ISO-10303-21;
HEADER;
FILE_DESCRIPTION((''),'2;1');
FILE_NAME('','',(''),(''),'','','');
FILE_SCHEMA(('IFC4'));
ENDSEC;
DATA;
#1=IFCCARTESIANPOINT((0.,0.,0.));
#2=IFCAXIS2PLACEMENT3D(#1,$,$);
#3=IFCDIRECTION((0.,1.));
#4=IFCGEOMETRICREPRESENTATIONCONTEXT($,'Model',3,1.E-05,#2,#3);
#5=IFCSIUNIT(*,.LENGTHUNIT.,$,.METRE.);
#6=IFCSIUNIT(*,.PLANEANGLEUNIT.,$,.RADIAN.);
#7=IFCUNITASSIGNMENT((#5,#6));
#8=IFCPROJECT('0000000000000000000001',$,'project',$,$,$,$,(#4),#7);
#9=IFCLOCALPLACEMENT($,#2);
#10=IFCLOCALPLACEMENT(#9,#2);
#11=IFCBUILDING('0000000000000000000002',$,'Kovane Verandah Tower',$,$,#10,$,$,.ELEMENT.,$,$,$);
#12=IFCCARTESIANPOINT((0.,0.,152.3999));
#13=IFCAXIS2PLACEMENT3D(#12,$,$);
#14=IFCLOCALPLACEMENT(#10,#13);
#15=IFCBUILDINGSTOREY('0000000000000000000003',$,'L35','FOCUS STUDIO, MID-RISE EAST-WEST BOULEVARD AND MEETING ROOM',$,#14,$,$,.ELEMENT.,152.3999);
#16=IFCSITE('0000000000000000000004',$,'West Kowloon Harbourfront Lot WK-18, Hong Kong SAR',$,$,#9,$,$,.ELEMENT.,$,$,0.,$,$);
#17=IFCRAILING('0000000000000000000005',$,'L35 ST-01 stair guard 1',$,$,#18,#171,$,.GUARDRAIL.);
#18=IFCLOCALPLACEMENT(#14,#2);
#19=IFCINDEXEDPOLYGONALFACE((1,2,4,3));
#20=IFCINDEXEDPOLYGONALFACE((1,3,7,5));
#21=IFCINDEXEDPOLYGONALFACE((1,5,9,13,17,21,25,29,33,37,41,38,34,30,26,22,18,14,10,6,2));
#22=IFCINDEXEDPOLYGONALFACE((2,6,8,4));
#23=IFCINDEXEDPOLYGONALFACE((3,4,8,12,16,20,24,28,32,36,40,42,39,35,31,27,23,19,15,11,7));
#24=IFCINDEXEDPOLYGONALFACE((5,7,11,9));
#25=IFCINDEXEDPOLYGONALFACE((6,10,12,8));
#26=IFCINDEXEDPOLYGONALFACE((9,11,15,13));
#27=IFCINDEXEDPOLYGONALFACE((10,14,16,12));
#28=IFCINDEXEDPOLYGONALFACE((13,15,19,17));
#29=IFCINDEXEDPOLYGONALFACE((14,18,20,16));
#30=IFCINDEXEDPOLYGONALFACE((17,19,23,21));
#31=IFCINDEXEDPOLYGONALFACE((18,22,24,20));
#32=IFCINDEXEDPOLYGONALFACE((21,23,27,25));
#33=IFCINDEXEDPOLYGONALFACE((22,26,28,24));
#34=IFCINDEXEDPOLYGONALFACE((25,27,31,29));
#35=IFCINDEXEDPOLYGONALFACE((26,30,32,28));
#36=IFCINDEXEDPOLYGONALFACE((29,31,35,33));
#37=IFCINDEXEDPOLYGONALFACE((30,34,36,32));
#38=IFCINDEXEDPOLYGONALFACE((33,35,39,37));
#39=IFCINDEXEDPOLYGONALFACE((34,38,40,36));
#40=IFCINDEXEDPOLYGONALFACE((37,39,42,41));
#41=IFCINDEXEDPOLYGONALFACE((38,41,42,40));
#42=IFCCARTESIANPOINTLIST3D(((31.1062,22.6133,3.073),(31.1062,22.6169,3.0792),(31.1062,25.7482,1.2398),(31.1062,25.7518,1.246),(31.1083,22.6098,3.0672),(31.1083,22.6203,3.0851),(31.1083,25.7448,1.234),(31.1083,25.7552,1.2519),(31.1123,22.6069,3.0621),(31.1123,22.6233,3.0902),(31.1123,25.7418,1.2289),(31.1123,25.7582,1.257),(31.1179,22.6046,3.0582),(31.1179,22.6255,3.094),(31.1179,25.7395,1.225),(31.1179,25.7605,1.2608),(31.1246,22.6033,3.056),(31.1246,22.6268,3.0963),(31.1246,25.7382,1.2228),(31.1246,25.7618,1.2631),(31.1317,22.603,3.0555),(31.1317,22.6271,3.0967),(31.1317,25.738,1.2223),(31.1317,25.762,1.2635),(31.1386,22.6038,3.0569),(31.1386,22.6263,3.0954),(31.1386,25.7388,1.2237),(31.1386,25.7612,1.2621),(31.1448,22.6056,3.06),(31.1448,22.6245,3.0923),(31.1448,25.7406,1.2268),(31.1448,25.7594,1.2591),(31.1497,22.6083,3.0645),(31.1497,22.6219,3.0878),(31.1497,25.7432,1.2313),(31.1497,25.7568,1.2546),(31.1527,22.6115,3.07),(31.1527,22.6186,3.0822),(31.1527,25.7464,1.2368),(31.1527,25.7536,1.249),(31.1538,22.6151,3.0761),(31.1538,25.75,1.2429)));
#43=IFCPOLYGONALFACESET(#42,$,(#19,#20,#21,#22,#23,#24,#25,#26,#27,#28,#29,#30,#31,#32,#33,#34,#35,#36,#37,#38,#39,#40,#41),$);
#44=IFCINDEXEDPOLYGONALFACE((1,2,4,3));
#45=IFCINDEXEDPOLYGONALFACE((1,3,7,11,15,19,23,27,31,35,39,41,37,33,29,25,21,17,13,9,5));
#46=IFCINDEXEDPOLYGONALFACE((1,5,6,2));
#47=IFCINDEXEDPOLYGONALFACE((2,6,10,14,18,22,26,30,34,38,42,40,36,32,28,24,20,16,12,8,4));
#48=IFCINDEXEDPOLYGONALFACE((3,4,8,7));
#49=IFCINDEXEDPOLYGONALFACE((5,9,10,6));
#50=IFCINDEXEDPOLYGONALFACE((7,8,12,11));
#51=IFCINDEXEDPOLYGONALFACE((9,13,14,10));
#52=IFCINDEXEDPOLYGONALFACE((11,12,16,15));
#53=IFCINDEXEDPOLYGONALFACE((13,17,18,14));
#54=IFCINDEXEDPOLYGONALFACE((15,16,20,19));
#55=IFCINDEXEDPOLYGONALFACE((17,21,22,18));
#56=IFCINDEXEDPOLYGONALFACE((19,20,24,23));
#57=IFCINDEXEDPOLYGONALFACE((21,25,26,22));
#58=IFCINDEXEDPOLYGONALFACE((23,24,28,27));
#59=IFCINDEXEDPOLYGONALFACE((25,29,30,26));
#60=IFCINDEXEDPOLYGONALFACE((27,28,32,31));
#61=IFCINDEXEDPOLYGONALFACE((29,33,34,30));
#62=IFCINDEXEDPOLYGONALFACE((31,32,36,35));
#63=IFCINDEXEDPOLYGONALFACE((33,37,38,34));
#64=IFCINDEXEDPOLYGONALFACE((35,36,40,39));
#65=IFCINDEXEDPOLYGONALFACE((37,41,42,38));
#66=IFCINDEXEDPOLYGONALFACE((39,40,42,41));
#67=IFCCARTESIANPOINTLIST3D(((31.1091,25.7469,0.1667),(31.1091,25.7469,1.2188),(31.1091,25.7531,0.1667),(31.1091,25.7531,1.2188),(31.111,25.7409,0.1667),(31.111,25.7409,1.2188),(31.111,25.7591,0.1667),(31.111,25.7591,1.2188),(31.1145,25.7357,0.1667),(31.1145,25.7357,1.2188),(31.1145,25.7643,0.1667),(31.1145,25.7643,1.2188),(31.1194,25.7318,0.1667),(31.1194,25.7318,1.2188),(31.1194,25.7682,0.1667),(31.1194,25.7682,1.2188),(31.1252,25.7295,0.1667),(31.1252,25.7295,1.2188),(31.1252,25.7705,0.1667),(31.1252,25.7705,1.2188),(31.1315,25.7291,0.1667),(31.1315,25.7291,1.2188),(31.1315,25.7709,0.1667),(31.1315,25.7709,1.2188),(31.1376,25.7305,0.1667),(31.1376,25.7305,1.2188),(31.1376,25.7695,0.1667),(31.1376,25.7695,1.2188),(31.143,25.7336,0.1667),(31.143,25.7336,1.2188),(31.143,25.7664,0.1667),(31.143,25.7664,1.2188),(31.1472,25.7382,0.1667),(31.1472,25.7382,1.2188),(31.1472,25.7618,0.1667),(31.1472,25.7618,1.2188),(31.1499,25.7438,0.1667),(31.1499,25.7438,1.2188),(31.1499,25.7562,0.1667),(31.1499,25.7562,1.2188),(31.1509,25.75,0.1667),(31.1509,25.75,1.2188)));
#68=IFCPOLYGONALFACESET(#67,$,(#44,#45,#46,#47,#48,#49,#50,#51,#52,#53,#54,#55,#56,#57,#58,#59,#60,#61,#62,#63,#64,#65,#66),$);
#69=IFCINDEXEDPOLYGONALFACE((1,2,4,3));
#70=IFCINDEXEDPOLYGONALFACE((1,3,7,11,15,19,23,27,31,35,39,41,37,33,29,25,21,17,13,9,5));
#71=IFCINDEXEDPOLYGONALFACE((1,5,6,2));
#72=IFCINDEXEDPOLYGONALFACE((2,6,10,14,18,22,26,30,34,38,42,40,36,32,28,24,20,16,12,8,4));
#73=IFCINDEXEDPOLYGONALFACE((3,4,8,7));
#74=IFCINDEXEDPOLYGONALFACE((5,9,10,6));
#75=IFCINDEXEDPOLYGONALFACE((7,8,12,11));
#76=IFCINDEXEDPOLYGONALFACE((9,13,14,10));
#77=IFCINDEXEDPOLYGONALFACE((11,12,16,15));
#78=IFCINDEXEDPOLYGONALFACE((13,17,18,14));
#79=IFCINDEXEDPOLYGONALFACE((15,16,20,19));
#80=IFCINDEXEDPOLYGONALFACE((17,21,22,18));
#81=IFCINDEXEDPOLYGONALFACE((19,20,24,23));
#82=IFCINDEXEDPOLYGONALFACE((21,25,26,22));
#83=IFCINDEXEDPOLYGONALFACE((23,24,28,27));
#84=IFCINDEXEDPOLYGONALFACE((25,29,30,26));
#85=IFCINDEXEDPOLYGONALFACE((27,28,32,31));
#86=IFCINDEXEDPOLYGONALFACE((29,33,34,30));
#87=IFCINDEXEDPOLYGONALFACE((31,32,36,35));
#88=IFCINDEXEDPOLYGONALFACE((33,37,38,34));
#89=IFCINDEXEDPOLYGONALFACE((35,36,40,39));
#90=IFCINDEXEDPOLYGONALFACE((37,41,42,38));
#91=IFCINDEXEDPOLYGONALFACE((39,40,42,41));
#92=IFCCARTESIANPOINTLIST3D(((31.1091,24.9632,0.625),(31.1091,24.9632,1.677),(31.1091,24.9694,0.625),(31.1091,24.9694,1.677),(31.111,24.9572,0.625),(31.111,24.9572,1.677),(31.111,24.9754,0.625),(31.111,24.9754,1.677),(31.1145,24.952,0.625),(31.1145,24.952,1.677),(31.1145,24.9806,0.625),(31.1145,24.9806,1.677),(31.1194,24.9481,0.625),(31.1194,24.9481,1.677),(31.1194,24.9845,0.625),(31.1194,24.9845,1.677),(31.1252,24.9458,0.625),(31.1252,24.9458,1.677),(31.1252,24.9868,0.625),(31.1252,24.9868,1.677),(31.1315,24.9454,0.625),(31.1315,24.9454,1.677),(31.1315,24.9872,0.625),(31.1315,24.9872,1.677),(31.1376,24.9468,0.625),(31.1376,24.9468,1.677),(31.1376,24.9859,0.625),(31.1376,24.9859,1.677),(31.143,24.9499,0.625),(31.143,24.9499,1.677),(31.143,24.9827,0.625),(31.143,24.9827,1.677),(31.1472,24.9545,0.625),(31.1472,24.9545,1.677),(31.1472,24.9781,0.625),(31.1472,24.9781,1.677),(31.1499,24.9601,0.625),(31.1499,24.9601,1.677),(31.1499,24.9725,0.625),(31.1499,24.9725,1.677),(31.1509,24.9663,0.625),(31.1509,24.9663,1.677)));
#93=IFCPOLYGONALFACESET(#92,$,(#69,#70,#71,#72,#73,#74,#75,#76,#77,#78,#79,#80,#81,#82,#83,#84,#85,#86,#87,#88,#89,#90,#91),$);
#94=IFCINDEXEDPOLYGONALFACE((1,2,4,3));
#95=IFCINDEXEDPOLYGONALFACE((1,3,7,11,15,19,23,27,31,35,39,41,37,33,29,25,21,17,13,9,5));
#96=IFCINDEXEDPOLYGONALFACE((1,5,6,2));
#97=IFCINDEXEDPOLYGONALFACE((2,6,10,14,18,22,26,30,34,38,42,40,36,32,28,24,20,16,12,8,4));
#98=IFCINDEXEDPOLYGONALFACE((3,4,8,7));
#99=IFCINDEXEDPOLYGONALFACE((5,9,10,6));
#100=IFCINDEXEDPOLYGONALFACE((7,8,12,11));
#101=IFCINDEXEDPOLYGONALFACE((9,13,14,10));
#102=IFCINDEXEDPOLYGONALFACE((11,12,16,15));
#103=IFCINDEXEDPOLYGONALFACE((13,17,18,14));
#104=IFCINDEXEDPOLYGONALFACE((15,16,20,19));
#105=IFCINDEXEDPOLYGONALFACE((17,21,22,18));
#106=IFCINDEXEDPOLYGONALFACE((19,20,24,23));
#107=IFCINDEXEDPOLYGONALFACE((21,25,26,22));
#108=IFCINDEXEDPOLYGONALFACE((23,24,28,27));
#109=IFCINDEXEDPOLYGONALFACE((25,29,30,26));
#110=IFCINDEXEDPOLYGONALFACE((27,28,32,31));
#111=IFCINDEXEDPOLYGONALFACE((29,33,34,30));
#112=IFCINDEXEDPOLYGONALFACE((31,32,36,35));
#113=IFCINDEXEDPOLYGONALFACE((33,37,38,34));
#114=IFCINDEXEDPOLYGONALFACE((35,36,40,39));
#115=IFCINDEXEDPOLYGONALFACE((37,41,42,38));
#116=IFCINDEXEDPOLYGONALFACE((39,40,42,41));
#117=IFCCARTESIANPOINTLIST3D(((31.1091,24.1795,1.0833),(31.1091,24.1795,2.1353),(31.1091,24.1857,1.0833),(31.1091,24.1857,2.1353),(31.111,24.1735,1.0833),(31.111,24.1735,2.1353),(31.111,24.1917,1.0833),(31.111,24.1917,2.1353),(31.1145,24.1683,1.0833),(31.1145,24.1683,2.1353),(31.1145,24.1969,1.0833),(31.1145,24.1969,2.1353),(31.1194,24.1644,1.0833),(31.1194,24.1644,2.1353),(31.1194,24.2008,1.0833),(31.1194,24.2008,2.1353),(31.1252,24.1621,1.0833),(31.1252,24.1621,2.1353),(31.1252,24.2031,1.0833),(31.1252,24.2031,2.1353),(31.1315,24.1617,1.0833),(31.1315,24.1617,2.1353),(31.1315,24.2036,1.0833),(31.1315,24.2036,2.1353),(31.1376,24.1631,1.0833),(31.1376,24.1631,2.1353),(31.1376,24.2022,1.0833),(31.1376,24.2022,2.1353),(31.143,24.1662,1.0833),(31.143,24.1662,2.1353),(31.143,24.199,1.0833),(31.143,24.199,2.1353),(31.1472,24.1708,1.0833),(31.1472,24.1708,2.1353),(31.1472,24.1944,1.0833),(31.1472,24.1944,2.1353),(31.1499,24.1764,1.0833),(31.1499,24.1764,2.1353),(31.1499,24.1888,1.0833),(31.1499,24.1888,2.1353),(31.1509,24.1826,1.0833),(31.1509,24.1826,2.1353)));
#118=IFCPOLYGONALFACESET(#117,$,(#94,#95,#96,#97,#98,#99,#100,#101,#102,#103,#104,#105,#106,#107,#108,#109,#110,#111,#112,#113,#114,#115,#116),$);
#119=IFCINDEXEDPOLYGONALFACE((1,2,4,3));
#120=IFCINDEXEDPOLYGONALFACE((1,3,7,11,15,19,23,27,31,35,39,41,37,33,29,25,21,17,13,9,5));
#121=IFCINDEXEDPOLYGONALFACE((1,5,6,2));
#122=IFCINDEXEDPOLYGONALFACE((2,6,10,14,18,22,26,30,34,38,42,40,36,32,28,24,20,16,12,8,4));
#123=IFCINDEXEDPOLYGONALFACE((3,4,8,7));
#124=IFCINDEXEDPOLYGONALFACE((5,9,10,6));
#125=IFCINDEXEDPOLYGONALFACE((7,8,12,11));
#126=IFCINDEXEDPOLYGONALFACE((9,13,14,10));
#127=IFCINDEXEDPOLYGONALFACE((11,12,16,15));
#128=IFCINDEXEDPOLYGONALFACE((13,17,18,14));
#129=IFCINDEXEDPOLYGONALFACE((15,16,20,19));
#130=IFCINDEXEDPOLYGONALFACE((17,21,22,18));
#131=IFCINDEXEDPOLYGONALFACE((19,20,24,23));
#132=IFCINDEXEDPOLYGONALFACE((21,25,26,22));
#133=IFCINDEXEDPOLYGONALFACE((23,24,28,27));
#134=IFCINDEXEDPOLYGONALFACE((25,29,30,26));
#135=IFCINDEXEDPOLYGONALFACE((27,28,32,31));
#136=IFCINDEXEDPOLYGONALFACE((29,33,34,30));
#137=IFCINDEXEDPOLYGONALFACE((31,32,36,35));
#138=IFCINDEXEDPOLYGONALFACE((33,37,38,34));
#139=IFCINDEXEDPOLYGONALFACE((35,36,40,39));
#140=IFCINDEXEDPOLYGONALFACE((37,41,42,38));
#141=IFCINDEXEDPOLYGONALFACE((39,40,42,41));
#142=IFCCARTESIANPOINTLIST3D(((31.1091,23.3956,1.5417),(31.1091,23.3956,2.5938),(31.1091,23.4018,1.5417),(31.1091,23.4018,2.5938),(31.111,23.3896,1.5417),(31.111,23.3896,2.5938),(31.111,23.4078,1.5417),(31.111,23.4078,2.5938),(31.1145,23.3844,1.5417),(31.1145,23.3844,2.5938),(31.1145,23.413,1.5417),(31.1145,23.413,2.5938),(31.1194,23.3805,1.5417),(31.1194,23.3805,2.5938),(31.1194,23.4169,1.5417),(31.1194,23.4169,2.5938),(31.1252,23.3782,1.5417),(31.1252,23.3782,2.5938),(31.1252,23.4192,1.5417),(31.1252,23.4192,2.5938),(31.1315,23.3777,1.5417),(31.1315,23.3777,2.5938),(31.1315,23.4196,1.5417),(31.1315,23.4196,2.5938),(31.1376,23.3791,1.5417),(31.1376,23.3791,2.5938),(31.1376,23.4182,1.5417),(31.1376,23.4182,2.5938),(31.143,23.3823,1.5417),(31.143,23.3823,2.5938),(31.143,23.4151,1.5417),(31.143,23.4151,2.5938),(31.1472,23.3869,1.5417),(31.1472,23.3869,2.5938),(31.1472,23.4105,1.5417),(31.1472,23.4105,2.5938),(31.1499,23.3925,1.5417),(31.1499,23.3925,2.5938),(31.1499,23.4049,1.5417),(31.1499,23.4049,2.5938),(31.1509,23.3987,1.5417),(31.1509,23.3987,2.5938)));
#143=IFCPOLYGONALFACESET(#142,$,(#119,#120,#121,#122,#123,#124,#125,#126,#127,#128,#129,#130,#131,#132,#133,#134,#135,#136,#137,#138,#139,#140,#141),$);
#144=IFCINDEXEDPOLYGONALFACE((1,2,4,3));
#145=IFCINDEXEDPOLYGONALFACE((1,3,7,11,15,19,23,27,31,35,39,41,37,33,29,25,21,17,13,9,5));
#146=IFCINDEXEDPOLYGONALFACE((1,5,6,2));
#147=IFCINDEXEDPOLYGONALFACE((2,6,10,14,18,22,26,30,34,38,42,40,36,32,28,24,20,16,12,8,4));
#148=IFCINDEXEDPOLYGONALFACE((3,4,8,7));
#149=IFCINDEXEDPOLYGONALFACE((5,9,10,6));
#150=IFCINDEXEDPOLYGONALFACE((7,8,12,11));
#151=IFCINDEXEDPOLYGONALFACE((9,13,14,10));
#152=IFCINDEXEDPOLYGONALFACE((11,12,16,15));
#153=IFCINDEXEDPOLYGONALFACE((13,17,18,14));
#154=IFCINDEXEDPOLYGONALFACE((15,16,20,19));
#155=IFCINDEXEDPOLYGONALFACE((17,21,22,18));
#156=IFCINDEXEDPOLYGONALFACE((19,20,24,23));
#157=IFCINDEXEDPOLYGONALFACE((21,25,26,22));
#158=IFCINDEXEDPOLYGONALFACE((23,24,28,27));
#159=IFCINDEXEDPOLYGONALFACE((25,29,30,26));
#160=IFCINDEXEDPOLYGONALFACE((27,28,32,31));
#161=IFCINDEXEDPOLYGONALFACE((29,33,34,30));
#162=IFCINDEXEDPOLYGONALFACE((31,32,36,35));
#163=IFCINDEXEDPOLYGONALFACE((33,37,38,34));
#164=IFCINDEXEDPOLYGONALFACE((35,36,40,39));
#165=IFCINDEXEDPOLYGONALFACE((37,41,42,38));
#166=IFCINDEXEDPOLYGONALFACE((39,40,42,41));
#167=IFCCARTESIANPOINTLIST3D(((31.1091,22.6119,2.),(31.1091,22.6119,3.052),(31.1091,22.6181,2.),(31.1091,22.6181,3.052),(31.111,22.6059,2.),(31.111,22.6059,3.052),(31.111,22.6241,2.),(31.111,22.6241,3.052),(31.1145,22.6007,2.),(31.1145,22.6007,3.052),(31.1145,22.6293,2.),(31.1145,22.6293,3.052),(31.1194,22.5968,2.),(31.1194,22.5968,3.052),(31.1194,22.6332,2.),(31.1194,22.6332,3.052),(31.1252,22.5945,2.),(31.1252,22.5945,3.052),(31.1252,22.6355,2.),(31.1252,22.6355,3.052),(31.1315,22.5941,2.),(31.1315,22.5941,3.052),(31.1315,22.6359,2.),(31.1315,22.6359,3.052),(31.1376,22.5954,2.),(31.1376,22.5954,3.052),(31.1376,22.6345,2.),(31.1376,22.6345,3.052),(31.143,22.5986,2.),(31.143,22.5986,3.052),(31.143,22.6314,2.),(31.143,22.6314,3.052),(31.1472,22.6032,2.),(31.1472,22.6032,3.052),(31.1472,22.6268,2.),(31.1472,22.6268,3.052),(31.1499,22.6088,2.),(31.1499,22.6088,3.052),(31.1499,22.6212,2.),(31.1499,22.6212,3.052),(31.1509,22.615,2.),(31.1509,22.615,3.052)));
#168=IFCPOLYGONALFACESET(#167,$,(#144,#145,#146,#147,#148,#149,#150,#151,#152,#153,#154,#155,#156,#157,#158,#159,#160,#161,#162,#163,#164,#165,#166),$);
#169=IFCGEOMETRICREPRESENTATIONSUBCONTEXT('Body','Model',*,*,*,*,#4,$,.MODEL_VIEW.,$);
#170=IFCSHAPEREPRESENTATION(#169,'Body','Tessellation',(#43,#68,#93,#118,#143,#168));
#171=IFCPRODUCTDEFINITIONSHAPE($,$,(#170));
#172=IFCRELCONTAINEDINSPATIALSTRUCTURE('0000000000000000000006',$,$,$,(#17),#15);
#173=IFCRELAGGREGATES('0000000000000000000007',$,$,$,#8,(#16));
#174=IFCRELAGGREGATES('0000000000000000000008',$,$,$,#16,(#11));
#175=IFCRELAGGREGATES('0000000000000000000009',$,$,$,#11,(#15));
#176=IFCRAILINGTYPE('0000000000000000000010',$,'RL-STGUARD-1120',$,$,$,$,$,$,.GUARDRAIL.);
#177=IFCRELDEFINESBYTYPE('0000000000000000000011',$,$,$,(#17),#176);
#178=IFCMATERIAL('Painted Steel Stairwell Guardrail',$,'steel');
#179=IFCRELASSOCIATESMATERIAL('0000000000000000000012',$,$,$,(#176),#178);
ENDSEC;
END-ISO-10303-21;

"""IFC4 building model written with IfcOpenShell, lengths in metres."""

from ifc_helpers import new_model, si_unit, direction, frame, origin, origin_2d, place, context, subcontext, project, spatial, circle, extrude, material, type_object, element, save


model = new_model("IFC4")

# Units and contexts
model_context = context("Model", 3, precision=1e-05, world=origin(), true_north=direction((0.0, 1.0)))
body_context = subcontext(model_context, "Body", "Model", "MODEL_VIEW")
ifc_project = project(units=[si_unit("LENGTHUNIT", "METRE"), si_unit("PLANEANGLEUNIT", "RADIAN")], contexts=[model_context])

# Site, building, storey
site_placement = place(None, origin())
site = spatial("IfcSite", under=ifc_project, at=site_placement, Name="West Kowloon Harbourfront Lot WK-18, Hong Kong SAR", CompositionType="ELEMENT", RefElevation=0.0)
building_placement = place(site_placement, origin())
building = spatial("IfcBuilding", under=site, at=building_placement, Name="Kovane Verandah Tower", CompositionType="ELEMENT")
storey_placement = place(building_placement, frame((0.0, 0.0, 152.3999)))
storey = spatial("IfcBuildingStorey", under=building, at=storey_placement, Name="L35", Description="FOCUS STUDIO, MID-RISE EAST-WEST BOULEVARD AND MEETING ROOM", CompositionType="ELEMENT", Elevation=152.3999)

# Railing
ifc_material_1 = material(Name="Painted Steel Stairwell Guardrail", Category="steel")
railing_type_1 = type_object("IfcRailingType", Name="RL-STGUARD-1120", PredefinedType="GUARDRAIL", material=ifc_material_1)
railing_1_placement = place(storey_placement, frame((31.1299, 25.75, 0.1667)))
element("IfcRailing", 1, at=railing_1_placement, inside=storey, type_object=railing_type_1, Name="L35 ST-01 stair guard 1", PredefinedType="GUARDRAIL", context=body_context, shape_type="SweptSolid", body=[
    extrude(circle(Radius=0.0239, at=origin_2d()), frame((0.0, 0.0, 1.0762), z_axis=(0.0, -0.86324, 0.504794), x_axis=(1.0, 0.0, 0.0)), (0.0, 0.0, 1.0), 3.6316),
    extrude(circle(Radius=0.021, at=origin_2d()), origin(), (0.0, 0.0, 1.0), 1.052),
    extrude(circle(Radius=0.021, at=origin_2d()), frame((0.0, -0.7837, 0.4583)), (0.0, 0.0, 1.0), 1.052),
    extrude(circle(Radius=0.021, at=origin_2d()), frame((0.0, -1.5674, 0.9165)), (0.0, 0.0, 1.0), 1.052),
    extrude(circle(Radius=0.021, at=origin_2d()), frame((0.0, -2.3513, 1.375)), (0.0, 0.0, 1.0), 1.052),
    extrude(circle(Radius=0.021, at=origin_2d()), frame((0.0, -3.135, 1.8333)), (0.0, 0.0, 1.0), 1.052),
])

save(model, "model.ifc")
